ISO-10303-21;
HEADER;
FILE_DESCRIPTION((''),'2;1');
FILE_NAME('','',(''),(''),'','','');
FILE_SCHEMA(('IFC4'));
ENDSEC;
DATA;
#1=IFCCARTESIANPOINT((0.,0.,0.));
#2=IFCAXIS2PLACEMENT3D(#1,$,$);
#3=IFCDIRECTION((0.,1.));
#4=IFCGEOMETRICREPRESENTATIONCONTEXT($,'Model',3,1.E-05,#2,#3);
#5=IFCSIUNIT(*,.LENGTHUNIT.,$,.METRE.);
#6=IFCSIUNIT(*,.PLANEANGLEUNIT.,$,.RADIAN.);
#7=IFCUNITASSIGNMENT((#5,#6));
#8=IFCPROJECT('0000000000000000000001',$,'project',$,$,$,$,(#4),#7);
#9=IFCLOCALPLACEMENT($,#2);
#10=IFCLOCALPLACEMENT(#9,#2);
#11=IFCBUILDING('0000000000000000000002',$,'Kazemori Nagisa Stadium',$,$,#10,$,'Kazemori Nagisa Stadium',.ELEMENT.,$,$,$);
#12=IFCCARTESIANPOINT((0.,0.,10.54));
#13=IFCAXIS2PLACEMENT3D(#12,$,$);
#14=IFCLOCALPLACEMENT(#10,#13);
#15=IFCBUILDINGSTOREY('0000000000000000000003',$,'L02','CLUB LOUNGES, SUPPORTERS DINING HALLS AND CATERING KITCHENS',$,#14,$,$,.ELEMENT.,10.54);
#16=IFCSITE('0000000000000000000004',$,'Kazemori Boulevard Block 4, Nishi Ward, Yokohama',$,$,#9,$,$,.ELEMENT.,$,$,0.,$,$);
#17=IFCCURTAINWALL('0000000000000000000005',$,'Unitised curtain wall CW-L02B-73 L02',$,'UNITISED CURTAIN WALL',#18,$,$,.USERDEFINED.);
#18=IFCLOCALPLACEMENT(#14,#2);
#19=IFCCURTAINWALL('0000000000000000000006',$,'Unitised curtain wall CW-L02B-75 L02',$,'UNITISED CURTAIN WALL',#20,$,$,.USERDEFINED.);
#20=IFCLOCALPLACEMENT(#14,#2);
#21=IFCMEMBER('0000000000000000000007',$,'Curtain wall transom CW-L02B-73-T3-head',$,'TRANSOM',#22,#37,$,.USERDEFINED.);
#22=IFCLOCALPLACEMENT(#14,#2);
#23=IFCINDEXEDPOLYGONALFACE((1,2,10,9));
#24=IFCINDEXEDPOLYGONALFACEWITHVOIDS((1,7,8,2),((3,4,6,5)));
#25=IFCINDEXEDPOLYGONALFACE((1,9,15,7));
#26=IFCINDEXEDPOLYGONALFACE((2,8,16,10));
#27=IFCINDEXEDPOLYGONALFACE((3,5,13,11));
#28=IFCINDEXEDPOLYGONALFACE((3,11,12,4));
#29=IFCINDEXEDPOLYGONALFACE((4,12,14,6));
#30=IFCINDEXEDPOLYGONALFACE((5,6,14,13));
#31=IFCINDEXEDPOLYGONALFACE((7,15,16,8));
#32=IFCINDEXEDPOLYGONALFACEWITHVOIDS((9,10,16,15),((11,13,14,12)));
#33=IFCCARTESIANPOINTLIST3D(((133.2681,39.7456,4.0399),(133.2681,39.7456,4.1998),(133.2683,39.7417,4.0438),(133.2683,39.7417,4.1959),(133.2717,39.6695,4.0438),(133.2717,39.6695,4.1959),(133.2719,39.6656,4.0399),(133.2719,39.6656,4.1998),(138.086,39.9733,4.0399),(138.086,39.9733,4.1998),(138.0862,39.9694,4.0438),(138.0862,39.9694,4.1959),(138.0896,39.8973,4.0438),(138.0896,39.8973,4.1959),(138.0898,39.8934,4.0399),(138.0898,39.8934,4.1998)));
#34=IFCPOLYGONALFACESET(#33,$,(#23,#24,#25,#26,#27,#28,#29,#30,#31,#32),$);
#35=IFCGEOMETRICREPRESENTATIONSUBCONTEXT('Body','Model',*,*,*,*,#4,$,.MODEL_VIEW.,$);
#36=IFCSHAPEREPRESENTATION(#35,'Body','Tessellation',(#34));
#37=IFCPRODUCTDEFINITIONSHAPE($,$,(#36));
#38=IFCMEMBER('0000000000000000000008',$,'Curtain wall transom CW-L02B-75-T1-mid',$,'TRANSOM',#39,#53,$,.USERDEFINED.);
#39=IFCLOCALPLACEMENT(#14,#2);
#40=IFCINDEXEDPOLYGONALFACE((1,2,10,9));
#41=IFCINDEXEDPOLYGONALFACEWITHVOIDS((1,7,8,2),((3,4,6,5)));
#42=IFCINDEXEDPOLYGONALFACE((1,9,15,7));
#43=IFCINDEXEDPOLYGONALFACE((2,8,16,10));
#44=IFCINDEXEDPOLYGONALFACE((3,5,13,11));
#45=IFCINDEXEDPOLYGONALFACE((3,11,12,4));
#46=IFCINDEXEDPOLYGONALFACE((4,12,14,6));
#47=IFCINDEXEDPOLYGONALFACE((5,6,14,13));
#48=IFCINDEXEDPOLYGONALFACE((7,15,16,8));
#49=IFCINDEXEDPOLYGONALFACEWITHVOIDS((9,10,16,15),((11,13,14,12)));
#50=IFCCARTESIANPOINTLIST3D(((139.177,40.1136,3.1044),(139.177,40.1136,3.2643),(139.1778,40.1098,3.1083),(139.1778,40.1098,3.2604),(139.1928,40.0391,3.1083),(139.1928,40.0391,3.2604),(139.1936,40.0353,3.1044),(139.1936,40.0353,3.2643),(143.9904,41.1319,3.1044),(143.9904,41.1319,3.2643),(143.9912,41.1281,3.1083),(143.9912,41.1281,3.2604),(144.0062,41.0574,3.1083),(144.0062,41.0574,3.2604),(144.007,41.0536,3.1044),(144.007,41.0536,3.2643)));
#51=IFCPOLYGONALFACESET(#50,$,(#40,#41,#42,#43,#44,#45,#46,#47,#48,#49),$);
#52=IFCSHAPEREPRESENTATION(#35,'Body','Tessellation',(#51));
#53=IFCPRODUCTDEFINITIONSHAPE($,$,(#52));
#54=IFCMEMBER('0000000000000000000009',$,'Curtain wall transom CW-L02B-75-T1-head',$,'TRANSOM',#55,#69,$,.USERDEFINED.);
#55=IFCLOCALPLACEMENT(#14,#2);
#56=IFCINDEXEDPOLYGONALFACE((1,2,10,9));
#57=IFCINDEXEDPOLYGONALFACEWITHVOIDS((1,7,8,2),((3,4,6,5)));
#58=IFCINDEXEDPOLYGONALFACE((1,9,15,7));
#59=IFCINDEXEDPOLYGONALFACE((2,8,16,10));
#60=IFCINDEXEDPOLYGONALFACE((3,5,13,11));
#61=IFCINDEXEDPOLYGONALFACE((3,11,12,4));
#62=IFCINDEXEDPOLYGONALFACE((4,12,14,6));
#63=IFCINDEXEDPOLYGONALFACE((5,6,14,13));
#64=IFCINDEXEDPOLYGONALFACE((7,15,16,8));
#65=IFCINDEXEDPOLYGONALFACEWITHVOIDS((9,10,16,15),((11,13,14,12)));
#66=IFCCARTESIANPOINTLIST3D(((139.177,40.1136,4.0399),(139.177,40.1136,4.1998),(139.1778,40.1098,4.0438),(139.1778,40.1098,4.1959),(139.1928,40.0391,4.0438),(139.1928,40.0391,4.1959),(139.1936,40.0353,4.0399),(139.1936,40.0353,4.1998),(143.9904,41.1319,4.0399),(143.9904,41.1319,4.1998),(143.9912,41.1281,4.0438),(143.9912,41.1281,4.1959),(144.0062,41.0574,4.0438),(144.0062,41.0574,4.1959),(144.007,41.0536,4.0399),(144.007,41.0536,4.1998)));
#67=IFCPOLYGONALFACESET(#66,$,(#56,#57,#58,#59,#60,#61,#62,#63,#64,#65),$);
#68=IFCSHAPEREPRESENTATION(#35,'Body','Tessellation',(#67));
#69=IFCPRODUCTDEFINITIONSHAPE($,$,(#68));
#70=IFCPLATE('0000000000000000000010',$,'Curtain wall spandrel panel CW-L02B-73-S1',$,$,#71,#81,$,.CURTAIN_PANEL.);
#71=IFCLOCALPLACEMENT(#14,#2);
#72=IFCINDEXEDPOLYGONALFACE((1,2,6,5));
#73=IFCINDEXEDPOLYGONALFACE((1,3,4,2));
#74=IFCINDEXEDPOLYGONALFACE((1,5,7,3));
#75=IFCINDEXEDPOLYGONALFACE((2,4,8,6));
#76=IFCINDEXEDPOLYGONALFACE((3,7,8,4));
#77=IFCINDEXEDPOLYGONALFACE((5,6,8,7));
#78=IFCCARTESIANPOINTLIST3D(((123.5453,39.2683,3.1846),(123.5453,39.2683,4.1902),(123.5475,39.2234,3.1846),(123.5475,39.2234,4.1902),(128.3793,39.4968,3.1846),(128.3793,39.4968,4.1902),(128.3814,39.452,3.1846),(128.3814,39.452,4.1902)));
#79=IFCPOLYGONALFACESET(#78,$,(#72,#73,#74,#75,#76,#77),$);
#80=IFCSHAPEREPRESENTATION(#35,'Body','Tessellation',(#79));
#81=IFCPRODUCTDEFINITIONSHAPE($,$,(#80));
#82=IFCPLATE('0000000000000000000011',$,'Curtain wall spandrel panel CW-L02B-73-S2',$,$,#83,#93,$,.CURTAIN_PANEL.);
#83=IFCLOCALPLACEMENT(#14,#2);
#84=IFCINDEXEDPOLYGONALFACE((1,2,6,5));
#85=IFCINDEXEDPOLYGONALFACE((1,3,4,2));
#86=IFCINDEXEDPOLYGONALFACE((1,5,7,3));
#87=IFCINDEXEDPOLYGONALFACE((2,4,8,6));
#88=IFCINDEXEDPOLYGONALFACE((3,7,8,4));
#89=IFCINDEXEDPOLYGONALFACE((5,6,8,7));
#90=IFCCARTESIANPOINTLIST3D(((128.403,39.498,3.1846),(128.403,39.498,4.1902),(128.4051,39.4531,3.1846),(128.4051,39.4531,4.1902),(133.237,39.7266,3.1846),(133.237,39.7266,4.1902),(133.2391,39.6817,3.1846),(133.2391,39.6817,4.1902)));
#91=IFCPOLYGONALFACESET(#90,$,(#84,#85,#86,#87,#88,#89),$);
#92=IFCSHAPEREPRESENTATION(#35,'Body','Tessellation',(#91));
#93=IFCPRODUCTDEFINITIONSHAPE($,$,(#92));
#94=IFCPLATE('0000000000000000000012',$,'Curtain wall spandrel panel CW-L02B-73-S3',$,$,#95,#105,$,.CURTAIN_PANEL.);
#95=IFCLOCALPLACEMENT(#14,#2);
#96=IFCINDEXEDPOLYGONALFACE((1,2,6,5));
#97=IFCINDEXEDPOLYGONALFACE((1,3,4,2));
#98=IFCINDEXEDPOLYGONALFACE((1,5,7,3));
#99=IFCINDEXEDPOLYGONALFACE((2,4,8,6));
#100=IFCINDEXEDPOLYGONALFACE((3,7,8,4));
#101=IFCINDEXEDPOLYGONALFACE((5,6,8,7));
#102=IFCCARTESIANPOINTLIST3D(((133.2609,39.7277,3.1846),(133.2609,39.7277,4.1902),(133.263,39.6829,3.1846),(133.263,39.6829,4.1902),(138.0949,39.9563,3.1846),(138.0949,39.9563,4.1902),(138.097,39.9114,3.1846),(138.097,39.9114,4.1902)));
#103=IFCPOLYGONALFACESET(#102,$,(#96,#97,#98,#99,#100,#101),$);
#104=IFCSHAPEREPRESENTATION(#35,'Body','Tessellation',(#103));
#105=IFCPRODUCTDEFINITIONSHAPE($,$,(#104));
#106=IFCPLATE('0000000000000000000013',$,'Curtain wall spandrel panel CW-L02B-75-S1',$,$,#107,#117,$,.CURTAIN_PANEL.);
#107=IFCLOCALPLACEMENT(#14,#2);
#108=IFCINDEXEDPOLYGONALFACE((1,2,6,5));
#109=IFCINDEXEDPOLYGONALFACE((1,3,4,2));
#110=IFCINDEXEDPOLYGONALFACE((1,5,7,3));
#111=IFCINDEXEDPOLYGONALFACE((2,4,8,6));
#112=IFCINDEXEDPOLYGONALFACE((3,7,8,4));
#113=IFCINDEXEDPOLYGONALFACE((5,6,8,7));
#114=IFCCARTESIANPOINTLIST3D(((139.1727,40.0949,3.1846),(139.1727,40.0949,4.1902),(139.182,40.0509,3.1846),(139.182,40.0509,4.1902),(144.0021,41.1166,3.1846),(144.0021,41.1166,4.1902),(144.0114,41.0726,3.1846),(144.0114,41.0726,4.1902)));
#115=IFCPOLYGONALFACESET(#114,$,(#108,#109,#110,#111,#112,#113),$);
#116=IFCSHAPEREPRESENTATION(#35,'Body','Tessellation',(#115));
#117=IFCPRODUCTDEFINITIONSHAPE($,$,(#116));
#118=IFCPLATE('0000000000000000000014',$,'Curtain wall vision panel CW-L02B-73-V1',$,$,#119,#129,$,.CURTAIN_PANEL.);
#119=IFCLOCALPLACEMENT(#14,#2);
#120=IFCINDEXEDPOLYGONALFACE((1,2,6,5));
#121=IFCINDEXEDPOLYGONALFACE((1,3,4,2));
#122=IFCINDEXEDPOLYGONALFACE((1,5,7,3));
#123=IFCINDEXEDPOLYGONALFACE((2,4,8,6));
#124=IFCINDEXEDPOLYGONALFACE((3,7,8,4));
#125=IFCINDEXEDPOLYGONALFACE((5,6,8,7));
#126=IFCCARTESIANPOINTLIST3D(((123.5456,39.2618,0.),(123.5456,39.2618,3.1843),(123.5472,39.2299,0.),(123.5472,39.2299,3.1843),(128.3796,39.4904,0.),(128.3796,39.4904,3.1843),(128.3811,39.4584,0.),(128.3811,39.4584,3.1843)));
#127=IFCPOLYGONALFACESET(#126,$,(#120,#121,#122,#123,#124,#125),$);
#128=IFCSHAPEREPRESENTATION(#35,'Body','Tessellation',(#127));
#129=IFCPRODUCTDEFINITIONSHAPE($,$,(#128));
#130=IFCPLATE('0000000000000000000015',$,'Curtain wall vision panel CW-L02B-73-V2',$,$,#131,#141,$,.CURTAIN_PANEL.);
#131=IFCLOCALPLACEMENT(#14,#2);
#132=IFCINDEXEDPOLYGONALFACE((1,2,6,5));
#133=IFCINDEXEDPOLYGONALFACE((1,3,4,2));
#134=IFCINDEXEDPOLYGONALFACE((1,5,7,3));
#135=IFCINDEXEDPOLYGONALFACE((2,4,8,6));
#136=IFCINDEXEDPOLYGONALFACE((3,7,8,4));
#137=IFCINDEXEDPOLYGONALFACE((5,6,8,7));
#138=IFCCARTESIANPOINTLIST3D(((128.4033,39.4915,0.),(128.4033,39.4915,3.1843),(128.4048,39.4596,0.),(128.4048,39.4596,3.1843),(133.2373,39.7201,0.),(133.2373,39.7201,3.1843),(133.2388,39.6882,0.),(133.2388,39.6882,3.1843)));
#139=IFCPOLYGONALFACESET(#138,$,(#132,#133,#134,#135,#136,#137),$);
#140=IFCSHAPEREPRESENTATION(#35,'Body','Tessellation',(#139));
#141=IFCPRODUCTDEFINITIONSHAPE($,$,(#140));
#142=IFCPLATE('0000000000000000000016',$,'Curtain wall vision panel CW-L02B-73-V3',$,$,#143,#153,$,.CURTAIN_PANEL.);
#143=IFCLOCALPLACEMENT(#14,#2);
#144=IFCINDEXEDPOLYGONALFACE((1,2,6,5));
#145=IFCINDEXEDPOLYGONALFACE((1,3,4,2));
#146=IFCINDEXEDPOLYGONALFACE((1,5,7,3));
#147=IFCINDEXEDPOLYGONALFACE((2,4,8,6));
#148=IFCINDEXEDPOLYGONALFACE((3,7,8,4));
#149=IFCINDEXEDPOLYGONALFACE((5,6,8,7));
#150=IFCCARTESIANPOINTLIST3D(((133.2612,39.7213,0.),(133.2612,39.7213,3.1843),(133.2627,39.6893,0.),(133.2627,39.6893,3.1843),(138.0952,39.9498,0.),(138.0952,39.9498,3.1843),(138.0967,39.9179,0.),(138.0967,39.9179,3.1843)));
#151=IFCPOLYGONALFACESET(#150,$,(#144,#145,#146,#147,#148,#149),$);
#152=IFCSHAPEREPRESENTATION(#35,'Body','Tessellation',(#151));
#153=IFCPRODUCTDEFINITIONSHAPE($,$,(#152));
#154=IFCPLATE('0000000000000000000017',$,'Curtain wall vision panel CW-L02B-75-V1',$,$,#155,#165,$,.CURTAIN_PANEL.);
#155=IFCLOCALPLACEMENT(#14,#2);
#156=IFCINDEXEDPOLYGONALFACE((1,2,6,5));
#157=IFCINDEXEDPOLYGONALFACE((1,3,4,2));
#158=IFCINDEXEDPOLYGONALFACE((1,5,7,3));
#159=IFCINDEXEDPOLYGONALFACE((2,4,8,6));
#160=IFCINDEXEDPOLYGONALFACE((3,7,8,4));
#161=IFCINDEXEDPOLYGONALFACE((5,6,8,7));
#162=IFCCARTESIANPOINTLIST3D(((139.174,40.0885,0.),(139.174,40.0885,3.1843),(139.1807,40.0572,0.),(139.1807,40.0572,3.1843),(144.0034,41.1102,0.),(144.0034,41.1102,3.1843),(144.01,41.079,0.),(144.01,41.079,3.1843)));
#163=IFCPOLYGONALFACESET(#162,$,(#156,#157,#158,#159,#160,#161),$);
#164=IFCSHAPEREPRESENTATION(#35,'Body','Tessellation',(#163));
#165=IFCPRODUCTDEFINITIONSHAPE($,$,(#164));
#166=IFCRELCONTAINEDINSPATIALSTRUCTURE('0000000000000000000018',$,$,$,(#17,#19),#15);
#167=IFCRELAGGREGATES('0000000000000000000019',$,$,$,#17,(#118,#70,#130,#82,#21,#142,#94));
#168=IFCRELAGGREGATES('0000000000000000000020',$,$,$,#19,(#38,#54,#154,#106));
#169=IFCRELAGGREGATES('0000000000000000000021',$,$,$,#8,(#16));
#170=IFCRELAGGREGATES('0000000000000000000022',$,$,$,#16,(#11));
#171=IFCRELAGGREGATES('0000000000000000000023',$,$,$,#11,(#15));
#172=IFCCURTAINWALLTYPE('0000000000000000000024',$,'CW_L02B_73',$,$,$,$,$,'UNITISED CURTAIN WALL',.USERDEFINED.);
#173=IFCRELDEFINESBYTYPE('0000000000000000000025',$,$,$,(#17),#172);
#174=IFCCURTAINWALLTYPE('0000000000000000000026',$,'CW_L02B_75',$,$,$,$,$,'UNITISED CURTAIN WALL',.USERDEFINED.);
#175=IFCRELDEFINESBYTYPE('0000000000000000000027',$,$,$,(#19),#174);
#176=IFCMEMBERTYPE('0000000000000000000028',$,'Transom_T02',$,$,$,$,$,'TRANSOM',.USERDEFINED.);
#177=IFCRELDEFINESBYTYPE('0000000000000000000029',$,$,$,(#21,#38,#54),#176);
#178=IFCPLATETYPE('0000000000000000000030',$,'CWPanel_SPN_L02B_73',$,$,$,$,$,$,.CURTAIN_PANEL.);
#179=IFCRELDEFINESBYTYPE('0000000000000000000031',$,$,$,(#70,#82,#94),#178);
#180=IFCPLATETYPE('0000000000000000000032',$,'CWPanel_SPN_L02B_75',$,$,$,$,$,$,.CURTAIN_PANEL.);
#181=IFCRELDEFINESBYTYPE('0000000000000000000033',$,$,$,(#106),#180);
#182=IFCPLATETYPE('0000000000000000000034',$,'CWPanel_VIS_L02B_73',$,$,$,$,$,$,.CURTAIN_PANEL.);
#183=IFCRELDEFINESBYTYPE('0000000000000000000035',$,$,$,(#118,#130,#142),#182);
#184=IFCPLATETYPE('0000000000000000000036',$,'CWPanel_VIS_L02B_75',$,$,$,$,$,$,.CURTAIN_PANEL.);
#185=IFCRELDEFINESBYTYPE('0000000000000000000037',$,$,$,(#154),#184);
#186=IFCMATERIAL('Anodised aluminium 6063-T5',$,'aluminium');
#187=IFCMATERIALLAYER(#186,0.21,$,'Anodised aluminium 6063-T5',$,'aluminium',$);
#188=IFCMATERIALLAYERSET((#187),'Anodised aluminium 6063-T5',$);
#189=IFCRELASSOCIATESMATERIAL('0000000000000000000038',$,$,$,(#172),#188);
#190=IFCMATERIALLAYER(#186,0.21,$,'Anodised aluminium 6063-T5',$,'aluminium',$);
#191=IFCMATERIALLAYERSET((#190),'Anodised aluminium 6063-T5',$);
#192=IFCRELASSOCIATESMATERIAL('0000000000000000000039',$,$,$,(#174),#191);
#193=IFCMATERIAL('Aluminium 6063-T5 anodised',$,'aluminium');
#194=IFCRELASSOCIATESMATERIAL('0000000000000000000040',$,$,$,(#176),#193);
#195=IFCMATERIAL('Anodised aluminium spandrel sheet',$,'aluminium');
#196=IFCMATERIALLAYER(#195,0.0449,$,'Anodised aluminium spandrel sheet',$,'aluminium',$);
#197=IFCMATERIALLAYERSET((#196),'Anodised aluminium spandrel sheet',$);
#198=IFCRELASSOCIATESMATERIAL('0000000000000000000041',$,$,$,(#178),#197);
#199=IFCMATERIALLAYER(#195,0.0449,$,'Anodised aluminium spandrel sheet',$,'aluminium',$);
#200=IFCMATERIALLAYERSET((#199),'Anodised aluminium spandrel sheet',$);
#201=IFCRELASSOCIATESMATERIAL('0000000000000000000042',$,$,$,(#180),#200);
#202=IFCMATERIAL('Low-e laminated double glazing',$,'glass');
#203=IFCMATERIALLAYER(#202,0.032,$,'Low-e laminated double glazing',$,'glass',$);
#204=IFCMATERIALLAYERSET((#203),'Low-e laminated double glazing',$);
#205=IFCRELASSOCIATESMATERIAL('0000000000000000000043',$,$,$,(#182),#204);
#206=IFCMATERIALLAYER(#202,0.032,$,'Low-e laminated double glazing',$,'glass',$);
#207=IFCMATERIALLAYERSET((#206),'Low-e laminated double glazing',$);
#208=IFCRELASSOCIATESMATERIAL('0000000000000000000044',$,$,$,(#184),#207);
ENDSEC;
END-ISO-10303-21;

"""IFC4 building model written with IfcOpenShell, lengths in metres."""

from ifc_helpers import new_model, si_unit, direction, frame, origin, origin_2d, place, context, subcontext, project, spatial, rectangle, hollow_rectangle, extrude, material, layer, layer_set, material_profile, profile_set, type_object, element, aggregate, save


model = new_model("IFC4")

# Units and contexts
model_context = context("Model", 3, precision=1e-05, world=origin(), true_north=direction((0.0, 1.0)))
body_context = subcontext(model_context, "Body", "Model", "MODEL_VIEW")
ifc_project = project(units=[si_unit("LENGTHUNIT", "METRE"), si_unit("PLANEANGLEUNIT", "RADIAN")], contexts=[model_context])

# Site, building, storey
site_placement = place(None, origin())
site = spatial("IfcSite", under=ifc_project, at=site_placement, Name="Kazemori Boulevard Block 4, Nishi Ward, Yokohama", CompositionType="ELEMENT", RefElevation=0.0)
building_placement = place(site_placement, origin())
building = spatial("IfcBuilding", under=site, at=building_placement, Name="Kazemori Nagisa Stadium", LongName="Kazemori Nagisa Stadium", CompositionType="ELEMENT")
storey_placement = place(building_placement, frame((0.0, 0.0, 10.54)))
storey = spatial("IfcBuildingStorey", under=building, at=storey_placement, Name="L02", Description="CLUB LOUNGES, SUPPORTERS DINING HALLS AND CATERING KITCHENS", CompositionType="ELEMENT", Elevation=10.54)

# Curtain wall
ifc_material_1 = material(Name="Anodised aluminium 6063-T5", Category="aluminium")
ifc_layer_1 = layer(ifc_material_1, 0.21, Name="Anodised aluminium 6063-T5", Category="aluminium")
ifc_layer_set_1 = layer_set([ifc_layer_1], Name="Anodised aluminium 6063-T5")
curtain_wall_type_1 = type_object("IfcCurtainWallType", Name="CW_L02B_73", ElementType="UNITISED CURTAIN WALL", PredefinedType="USERDEFINED", material=ifc_layer_set_1)
curtain_wall_1_placement = place(storey_placement, origin())
curtain_wall_1 = element("IfcCurtainWall", 1, at=curtain_wall_1_placement, inside=storey, type_object=curtain_wall_type_1, Name="Unitised curtain wall CW-L02B-73 L02", ObjectType="UNITISED CURTAIN WALL", PredefinedType="USERDEFINED")
ifc_material_2 = material(Name="Aluminium 6063-T5 anodised", Category="aluminium")

# Curtain wall
ifc_layer_2 = layer(ifc_material_1, 0.21, Name="Anodised aluminium 6063-T5", Category="aluminium")
ifc_layer_set_2 = layer_set([ifc_layer_2], Name="Anodised aluminium 6063-T5")
curtain_wall_type_2 = type_object("IfcCurtainWallType", Name="CW_L02B_75", ElementType="UNITISED CURTAIN WALL", PredefinedType="USERDEFINED", material=ifc_layer_set_2)
curtain_wall_2_placement = place(storey_placement, origin())
curtain_wall_2 = element("IfcCurtainWall", 2, at=curtain_wall_2_placement, inside=storey, type_object=curtain_wall_type_2, Name="Unitised curtain wall CW-L02B-75 L02", ObjectType="UNITISED CURTAIN WALL", PredefinedType="USERDEFINED")

# Members
ifc_material_profile_1 = material_profile(ifc_material_2, hollow_rectangle(XDim=0.0801, YDim=0.1599, WallThickness=0.0039, at=origin_2d()), Name="ALU-TRAN-80x160x4")
ifc_profile_set_1 = profile_set([ifc_material_profile_1], Name="Aluminium 6063-T5 anodised")
member_type_1 = type_object("IfcMemberType", Name="Transom_T02", ElementType="TRANSOM", PredefinedType="USERDEFINED", material=ifc_profile_set_1)
member_1_placement = place(storey_placement, frame((133.27, 39.7056, 4.1199), z_axis=(0.998884, 0.047226, 0.0), x_axis=(-0.047226, 0.998884, 0.0)))
member_1 = element("IfcMember", 3, at=member_1_placement, type_object=member_type_1, Name="Curtain wall transom CW-L02B-73-T3-head", ObjectType="TRANSOM", PredefinedType="USERDEFINED", context=body_context, shape_type="SweptSolid", body=[
    extrude(hollow_rectangle(XDim=0.0801, YDim=0.1599, WallThickness=0.0039, at=origin_2d()), origin(), (0.0, 0.0, 1.0), 4.8232),
])
member_2_placement = place(storey_placement, frame((139.1853, 40.0745, 3.1843), z_axis=(0.978347, 0.206973, 0.0), x_axis=(-0.206973, 0.978347, 0.0)))
member_2 = element("IfcMember", 4, at=member_2_placement, type_object=member_type_1, Name="Curtain wall transom CW-L02B-75-T1-mid", ObjectType="TRANSOM", PredefinedType="USERDEFINED", context=body_context, shape_type="SweptSolid", body=[
    extrude(hollow_rectangle(XDim=0.0801, YDim=0.1599, WallThickness=0.0039, at=origin_2d()), origin(), (0.0, 0.0, 1.0), 4.9199),
])
member_3_placement = place(storey_placement, frame((139.1853, 40.0745, 4.1199), z_axis=(0.978347, 0.206973, 0.0), x_axis=(-0.206973, 0.978347, 0.0)))
member_3 = element("IfcMember", 5, at=member_3_placement, type_object=member_type_1, Name="Curtain wall transom CW-L02B-75-T1-head", ObjectType="TRANSOM", PredefinedType="USERDEFINED", context=body_context, shape_type="SweptSolid", body=[
    extrude(hollow_rectangle(XDim=0.0801, YDim=0.1599, WallThickness=0.0039, at=origin_2d()), origin(), (0.0, 0.0, 1.0), 4.9199),
])

# Plates
ifc_material_3 = material(Name="Anodised aluminium spandrel sheet", Category="aluminium")
ifc_layer_3 = layer(ifc_material_3, 0.0449, Name="Anodised aluminium spandrel sheet", Category="aluminium")
ifc_layer_set_3 = layer_set([ifc_layer_3], Name="Anodised aluminium spandrel sheet")
plate_type_1 = type_object("IfcPlateType", Name="CWPanel_SPN_L02B_73", PredefinedType="CURTAIN_PANEL", material=ifc_layer_set_3)
plate_1_placement = place(storey_placement, frame((125.9634, 39.3601, 3.1846), z_axis=(0.0, 0.0, 1.0), x_axis=(0.998884, 0.04723, 0.0)))
plate_1 = element("IfcPlate", 6, at=plate_1_placement, type_object=plate_type_1, Name="Curtain wall spandrel panel CW-L02B-73-S1", PredefinedType="CURTAIN_PANEL", context=body_context, shape_type="SweptSolid", body=[
    extrude(rectangle(XDim=4.8394, YDim=0.0449, at=origin_2d()), origin(), (0.0, 0.0, 1.0), 1.0056),
])
plate_2_placement = place(storey_placement, frame((130.821, 39.5898, 3.1846), z_axis=(0.0, 0.0, 1.0), x_axis=(0.998884, 0.04723, 0.0)))
plate_2 = element("IfcPlate", 7, at=plate_2_placement, type_object=plate_type_1, Name="Curtain wall spandrel panel CW-L02B-73-S2", PredefinedType="CURTAIN_PANEL", context=body_context, shape_type="SweptSolid", body=[
    extrude(rectangle(XDim=4.8394, YDim=0.0449, at=origin_2d()), origin(), (0.0, 0.0, 1.0), 1.0056),
])
plate_3_placement = place(storey_placement, frame((135.679, 39.8196, 3.1846), z_axis=(0.0, 0.0, 1.0), x_axis=(0.998884, 0.04723, 0.0)))
plate_3 = element("IfcPlate", 8, at=plate_3_placement, type_object=plate_type_1, Name="Curtain wall spandrel panel CW-L02B-73-S3", PredefinedType="CURTAIN_PANEL", context=body_context, shape_type="SweptSolid", body=[
    extrude(rectangle(XDim=4.8394, YDim=0.0449, at=origin_2d()), origin(), (0.0, 0.0, 1.0), 1.0056),
])
ifc_layer_4 = layer(ifc_material_3, 0.0449, Name="Anodised aluminium spandrel sheet", Category="aluminium")
ifc_layer_set_4 = layer_set([ifc_layer_4], Name="Anodised aluminium spandrel sheet")
plate_type_2 = type_object("IfcPlateType", Name="CWPanel_SPN_L02B_75", PredefinedType="CURTAIN_PANEL", material=ifc_layer_set_4)
plate_4_placement = place(storey_placement, frame((141.592, 40.5837, 3.1846), z_axis=(0.0, 0.0, 1.0), x_axis=(0.978345, 0.206981, 0.0)))
plate_4 = element("IfcPlate", 9, at=plate_4_placement, type_object=plate_type_2, Name="Curtain wall spandrel panel CW-L02B-75-S1", PredefinedType="CURTAIN_PANEL", context=body_context, shape_type="SweptSolid", body=[
    extrude(rectangle(XDim=4.9363, YDim=0.0449, at=origin_2d()), origin(), (0.0, 0.0, 1.0), 1.0056),
])
ifc_material_4 = material(Name="Low-e laminated double glazing", Category="glass")
ifc_layer_5 = layer(ifc_material_4, 0.032, Name="Low-e laminated double glazing", Category="glass")
ifc_layer_set_5 = layer_set([ifc_layer_5], Name="Low-e laminated double glazing")
plate_type_3 = type_object("IfcPlateType", Name="CWPanel_VIS_L02B_73", PredefinedType="CURTAIN_PANEL", material=ifc_layer_set_5)
plate_5_placement = place(storey_placement, frame((125.9634, 39.3601, 0.0), z_axis=(0.0, 0.0, 1.0), x_axis=(0.998884, 0.04723, 0.0)))
plate_5 = element("IfcPlate", 10, at=plate_5_placement, type_object=plate_type_3, Name="Curtain wall vision panel CW-L02B-73-V1", PredefinedType="CURTAIN_PANEL", context=body_context, shape_type="SweptSolid", body=[
    extrude(rectangle(XDim=4.8394, YDim=0.032, at=origin_2d()), origin(), (0.0, 0.0, 1.0), 3.1843),
])
plate_6_placement = place(storey_placement, frame((130.821, 39.5898, 0.0), z_axis=(0.0, 0.0, 1.0), x_axis=(0.998884, 0.04723, 0.0)))
plate_6 = element("IfcPlate", 11, at=plate_6_placement, type_object=plate_type_3, Name="Curtain wall vision panel CW-L02B-73-V2", PredefinedType="CURTAIN_PANEL", context=body_context, shape_type="SweptSolid", body=[
    extrude(rectangle(XDim=4.8394, YDim=0.032, at=origin_2d()), origin(), (0.0, 0.0, 1.0), 3.1843),
])
plate_7_placement = place(storey_placement, frame((135.679, 39.8196, 0.0), z_axis=(0.0, 0.0, 1.0), x_axis=(0.998884, 0.04723, 0.0)))
plate_7 = element("IfcPlate", 12, at=plate_7_placement, type_object=plate_type_3, Name="Curtain wall vision panel CW-L02B-73-V3", PredefinedType="CURTAIN_PANEL", context=body_context, shape_type="SweptSolid", body=[
    extrude(rectangle(XDim=4.8394, YDim=0.032, at=origin_2d()), origin(), (0.0, 0.0, 1.0), 3.1843),
])
aggregate(curtain_wall_1, [plate_5, plate_1, plate_6, plate_2, member_1, plate_7, plate_3])
ifc_layer_6 = layer(ifc_material_4, 0.032, Name="Low-e laminated double glazing", Category="glass")
ifc_layer_set_6 = layer_set([ifc_layer_6], Name="Low-e laminated double glazing")
plate_type_4 = type_object("IfcPlateType", Name="CWPanel_VIS_L02B_75", PredefinedType="CURTAIN_PANEL", material=ifc_layer_set_6)
plate_8_placement = place(storey_placement, frame((141.592, 40.5837, 0.0), z_axis=(0.0, 0.0, 1.0), x_axis=(0.978345, 0.206981, 0.0)))
plate_8 = element("IfcPlate", 13, at=plate_8_placement, type_object=plate_type_4, Name="Curtain wall vision panel CW-L02B-75-V1", PredefinedType="CURTAIN_PANEL", context=body_context, shape_type="SweptSolid", body=[
    extrude(rectangle(XDim=4.9363, YDim=0.032, at=origin_2d()), origin(), (0.0, 0.0, 1.0), 3.1843),
])
aggregate(curtain_wall_2, [member_2, member_3, plate_8, plate_4])

save(model, "model.ifc")
